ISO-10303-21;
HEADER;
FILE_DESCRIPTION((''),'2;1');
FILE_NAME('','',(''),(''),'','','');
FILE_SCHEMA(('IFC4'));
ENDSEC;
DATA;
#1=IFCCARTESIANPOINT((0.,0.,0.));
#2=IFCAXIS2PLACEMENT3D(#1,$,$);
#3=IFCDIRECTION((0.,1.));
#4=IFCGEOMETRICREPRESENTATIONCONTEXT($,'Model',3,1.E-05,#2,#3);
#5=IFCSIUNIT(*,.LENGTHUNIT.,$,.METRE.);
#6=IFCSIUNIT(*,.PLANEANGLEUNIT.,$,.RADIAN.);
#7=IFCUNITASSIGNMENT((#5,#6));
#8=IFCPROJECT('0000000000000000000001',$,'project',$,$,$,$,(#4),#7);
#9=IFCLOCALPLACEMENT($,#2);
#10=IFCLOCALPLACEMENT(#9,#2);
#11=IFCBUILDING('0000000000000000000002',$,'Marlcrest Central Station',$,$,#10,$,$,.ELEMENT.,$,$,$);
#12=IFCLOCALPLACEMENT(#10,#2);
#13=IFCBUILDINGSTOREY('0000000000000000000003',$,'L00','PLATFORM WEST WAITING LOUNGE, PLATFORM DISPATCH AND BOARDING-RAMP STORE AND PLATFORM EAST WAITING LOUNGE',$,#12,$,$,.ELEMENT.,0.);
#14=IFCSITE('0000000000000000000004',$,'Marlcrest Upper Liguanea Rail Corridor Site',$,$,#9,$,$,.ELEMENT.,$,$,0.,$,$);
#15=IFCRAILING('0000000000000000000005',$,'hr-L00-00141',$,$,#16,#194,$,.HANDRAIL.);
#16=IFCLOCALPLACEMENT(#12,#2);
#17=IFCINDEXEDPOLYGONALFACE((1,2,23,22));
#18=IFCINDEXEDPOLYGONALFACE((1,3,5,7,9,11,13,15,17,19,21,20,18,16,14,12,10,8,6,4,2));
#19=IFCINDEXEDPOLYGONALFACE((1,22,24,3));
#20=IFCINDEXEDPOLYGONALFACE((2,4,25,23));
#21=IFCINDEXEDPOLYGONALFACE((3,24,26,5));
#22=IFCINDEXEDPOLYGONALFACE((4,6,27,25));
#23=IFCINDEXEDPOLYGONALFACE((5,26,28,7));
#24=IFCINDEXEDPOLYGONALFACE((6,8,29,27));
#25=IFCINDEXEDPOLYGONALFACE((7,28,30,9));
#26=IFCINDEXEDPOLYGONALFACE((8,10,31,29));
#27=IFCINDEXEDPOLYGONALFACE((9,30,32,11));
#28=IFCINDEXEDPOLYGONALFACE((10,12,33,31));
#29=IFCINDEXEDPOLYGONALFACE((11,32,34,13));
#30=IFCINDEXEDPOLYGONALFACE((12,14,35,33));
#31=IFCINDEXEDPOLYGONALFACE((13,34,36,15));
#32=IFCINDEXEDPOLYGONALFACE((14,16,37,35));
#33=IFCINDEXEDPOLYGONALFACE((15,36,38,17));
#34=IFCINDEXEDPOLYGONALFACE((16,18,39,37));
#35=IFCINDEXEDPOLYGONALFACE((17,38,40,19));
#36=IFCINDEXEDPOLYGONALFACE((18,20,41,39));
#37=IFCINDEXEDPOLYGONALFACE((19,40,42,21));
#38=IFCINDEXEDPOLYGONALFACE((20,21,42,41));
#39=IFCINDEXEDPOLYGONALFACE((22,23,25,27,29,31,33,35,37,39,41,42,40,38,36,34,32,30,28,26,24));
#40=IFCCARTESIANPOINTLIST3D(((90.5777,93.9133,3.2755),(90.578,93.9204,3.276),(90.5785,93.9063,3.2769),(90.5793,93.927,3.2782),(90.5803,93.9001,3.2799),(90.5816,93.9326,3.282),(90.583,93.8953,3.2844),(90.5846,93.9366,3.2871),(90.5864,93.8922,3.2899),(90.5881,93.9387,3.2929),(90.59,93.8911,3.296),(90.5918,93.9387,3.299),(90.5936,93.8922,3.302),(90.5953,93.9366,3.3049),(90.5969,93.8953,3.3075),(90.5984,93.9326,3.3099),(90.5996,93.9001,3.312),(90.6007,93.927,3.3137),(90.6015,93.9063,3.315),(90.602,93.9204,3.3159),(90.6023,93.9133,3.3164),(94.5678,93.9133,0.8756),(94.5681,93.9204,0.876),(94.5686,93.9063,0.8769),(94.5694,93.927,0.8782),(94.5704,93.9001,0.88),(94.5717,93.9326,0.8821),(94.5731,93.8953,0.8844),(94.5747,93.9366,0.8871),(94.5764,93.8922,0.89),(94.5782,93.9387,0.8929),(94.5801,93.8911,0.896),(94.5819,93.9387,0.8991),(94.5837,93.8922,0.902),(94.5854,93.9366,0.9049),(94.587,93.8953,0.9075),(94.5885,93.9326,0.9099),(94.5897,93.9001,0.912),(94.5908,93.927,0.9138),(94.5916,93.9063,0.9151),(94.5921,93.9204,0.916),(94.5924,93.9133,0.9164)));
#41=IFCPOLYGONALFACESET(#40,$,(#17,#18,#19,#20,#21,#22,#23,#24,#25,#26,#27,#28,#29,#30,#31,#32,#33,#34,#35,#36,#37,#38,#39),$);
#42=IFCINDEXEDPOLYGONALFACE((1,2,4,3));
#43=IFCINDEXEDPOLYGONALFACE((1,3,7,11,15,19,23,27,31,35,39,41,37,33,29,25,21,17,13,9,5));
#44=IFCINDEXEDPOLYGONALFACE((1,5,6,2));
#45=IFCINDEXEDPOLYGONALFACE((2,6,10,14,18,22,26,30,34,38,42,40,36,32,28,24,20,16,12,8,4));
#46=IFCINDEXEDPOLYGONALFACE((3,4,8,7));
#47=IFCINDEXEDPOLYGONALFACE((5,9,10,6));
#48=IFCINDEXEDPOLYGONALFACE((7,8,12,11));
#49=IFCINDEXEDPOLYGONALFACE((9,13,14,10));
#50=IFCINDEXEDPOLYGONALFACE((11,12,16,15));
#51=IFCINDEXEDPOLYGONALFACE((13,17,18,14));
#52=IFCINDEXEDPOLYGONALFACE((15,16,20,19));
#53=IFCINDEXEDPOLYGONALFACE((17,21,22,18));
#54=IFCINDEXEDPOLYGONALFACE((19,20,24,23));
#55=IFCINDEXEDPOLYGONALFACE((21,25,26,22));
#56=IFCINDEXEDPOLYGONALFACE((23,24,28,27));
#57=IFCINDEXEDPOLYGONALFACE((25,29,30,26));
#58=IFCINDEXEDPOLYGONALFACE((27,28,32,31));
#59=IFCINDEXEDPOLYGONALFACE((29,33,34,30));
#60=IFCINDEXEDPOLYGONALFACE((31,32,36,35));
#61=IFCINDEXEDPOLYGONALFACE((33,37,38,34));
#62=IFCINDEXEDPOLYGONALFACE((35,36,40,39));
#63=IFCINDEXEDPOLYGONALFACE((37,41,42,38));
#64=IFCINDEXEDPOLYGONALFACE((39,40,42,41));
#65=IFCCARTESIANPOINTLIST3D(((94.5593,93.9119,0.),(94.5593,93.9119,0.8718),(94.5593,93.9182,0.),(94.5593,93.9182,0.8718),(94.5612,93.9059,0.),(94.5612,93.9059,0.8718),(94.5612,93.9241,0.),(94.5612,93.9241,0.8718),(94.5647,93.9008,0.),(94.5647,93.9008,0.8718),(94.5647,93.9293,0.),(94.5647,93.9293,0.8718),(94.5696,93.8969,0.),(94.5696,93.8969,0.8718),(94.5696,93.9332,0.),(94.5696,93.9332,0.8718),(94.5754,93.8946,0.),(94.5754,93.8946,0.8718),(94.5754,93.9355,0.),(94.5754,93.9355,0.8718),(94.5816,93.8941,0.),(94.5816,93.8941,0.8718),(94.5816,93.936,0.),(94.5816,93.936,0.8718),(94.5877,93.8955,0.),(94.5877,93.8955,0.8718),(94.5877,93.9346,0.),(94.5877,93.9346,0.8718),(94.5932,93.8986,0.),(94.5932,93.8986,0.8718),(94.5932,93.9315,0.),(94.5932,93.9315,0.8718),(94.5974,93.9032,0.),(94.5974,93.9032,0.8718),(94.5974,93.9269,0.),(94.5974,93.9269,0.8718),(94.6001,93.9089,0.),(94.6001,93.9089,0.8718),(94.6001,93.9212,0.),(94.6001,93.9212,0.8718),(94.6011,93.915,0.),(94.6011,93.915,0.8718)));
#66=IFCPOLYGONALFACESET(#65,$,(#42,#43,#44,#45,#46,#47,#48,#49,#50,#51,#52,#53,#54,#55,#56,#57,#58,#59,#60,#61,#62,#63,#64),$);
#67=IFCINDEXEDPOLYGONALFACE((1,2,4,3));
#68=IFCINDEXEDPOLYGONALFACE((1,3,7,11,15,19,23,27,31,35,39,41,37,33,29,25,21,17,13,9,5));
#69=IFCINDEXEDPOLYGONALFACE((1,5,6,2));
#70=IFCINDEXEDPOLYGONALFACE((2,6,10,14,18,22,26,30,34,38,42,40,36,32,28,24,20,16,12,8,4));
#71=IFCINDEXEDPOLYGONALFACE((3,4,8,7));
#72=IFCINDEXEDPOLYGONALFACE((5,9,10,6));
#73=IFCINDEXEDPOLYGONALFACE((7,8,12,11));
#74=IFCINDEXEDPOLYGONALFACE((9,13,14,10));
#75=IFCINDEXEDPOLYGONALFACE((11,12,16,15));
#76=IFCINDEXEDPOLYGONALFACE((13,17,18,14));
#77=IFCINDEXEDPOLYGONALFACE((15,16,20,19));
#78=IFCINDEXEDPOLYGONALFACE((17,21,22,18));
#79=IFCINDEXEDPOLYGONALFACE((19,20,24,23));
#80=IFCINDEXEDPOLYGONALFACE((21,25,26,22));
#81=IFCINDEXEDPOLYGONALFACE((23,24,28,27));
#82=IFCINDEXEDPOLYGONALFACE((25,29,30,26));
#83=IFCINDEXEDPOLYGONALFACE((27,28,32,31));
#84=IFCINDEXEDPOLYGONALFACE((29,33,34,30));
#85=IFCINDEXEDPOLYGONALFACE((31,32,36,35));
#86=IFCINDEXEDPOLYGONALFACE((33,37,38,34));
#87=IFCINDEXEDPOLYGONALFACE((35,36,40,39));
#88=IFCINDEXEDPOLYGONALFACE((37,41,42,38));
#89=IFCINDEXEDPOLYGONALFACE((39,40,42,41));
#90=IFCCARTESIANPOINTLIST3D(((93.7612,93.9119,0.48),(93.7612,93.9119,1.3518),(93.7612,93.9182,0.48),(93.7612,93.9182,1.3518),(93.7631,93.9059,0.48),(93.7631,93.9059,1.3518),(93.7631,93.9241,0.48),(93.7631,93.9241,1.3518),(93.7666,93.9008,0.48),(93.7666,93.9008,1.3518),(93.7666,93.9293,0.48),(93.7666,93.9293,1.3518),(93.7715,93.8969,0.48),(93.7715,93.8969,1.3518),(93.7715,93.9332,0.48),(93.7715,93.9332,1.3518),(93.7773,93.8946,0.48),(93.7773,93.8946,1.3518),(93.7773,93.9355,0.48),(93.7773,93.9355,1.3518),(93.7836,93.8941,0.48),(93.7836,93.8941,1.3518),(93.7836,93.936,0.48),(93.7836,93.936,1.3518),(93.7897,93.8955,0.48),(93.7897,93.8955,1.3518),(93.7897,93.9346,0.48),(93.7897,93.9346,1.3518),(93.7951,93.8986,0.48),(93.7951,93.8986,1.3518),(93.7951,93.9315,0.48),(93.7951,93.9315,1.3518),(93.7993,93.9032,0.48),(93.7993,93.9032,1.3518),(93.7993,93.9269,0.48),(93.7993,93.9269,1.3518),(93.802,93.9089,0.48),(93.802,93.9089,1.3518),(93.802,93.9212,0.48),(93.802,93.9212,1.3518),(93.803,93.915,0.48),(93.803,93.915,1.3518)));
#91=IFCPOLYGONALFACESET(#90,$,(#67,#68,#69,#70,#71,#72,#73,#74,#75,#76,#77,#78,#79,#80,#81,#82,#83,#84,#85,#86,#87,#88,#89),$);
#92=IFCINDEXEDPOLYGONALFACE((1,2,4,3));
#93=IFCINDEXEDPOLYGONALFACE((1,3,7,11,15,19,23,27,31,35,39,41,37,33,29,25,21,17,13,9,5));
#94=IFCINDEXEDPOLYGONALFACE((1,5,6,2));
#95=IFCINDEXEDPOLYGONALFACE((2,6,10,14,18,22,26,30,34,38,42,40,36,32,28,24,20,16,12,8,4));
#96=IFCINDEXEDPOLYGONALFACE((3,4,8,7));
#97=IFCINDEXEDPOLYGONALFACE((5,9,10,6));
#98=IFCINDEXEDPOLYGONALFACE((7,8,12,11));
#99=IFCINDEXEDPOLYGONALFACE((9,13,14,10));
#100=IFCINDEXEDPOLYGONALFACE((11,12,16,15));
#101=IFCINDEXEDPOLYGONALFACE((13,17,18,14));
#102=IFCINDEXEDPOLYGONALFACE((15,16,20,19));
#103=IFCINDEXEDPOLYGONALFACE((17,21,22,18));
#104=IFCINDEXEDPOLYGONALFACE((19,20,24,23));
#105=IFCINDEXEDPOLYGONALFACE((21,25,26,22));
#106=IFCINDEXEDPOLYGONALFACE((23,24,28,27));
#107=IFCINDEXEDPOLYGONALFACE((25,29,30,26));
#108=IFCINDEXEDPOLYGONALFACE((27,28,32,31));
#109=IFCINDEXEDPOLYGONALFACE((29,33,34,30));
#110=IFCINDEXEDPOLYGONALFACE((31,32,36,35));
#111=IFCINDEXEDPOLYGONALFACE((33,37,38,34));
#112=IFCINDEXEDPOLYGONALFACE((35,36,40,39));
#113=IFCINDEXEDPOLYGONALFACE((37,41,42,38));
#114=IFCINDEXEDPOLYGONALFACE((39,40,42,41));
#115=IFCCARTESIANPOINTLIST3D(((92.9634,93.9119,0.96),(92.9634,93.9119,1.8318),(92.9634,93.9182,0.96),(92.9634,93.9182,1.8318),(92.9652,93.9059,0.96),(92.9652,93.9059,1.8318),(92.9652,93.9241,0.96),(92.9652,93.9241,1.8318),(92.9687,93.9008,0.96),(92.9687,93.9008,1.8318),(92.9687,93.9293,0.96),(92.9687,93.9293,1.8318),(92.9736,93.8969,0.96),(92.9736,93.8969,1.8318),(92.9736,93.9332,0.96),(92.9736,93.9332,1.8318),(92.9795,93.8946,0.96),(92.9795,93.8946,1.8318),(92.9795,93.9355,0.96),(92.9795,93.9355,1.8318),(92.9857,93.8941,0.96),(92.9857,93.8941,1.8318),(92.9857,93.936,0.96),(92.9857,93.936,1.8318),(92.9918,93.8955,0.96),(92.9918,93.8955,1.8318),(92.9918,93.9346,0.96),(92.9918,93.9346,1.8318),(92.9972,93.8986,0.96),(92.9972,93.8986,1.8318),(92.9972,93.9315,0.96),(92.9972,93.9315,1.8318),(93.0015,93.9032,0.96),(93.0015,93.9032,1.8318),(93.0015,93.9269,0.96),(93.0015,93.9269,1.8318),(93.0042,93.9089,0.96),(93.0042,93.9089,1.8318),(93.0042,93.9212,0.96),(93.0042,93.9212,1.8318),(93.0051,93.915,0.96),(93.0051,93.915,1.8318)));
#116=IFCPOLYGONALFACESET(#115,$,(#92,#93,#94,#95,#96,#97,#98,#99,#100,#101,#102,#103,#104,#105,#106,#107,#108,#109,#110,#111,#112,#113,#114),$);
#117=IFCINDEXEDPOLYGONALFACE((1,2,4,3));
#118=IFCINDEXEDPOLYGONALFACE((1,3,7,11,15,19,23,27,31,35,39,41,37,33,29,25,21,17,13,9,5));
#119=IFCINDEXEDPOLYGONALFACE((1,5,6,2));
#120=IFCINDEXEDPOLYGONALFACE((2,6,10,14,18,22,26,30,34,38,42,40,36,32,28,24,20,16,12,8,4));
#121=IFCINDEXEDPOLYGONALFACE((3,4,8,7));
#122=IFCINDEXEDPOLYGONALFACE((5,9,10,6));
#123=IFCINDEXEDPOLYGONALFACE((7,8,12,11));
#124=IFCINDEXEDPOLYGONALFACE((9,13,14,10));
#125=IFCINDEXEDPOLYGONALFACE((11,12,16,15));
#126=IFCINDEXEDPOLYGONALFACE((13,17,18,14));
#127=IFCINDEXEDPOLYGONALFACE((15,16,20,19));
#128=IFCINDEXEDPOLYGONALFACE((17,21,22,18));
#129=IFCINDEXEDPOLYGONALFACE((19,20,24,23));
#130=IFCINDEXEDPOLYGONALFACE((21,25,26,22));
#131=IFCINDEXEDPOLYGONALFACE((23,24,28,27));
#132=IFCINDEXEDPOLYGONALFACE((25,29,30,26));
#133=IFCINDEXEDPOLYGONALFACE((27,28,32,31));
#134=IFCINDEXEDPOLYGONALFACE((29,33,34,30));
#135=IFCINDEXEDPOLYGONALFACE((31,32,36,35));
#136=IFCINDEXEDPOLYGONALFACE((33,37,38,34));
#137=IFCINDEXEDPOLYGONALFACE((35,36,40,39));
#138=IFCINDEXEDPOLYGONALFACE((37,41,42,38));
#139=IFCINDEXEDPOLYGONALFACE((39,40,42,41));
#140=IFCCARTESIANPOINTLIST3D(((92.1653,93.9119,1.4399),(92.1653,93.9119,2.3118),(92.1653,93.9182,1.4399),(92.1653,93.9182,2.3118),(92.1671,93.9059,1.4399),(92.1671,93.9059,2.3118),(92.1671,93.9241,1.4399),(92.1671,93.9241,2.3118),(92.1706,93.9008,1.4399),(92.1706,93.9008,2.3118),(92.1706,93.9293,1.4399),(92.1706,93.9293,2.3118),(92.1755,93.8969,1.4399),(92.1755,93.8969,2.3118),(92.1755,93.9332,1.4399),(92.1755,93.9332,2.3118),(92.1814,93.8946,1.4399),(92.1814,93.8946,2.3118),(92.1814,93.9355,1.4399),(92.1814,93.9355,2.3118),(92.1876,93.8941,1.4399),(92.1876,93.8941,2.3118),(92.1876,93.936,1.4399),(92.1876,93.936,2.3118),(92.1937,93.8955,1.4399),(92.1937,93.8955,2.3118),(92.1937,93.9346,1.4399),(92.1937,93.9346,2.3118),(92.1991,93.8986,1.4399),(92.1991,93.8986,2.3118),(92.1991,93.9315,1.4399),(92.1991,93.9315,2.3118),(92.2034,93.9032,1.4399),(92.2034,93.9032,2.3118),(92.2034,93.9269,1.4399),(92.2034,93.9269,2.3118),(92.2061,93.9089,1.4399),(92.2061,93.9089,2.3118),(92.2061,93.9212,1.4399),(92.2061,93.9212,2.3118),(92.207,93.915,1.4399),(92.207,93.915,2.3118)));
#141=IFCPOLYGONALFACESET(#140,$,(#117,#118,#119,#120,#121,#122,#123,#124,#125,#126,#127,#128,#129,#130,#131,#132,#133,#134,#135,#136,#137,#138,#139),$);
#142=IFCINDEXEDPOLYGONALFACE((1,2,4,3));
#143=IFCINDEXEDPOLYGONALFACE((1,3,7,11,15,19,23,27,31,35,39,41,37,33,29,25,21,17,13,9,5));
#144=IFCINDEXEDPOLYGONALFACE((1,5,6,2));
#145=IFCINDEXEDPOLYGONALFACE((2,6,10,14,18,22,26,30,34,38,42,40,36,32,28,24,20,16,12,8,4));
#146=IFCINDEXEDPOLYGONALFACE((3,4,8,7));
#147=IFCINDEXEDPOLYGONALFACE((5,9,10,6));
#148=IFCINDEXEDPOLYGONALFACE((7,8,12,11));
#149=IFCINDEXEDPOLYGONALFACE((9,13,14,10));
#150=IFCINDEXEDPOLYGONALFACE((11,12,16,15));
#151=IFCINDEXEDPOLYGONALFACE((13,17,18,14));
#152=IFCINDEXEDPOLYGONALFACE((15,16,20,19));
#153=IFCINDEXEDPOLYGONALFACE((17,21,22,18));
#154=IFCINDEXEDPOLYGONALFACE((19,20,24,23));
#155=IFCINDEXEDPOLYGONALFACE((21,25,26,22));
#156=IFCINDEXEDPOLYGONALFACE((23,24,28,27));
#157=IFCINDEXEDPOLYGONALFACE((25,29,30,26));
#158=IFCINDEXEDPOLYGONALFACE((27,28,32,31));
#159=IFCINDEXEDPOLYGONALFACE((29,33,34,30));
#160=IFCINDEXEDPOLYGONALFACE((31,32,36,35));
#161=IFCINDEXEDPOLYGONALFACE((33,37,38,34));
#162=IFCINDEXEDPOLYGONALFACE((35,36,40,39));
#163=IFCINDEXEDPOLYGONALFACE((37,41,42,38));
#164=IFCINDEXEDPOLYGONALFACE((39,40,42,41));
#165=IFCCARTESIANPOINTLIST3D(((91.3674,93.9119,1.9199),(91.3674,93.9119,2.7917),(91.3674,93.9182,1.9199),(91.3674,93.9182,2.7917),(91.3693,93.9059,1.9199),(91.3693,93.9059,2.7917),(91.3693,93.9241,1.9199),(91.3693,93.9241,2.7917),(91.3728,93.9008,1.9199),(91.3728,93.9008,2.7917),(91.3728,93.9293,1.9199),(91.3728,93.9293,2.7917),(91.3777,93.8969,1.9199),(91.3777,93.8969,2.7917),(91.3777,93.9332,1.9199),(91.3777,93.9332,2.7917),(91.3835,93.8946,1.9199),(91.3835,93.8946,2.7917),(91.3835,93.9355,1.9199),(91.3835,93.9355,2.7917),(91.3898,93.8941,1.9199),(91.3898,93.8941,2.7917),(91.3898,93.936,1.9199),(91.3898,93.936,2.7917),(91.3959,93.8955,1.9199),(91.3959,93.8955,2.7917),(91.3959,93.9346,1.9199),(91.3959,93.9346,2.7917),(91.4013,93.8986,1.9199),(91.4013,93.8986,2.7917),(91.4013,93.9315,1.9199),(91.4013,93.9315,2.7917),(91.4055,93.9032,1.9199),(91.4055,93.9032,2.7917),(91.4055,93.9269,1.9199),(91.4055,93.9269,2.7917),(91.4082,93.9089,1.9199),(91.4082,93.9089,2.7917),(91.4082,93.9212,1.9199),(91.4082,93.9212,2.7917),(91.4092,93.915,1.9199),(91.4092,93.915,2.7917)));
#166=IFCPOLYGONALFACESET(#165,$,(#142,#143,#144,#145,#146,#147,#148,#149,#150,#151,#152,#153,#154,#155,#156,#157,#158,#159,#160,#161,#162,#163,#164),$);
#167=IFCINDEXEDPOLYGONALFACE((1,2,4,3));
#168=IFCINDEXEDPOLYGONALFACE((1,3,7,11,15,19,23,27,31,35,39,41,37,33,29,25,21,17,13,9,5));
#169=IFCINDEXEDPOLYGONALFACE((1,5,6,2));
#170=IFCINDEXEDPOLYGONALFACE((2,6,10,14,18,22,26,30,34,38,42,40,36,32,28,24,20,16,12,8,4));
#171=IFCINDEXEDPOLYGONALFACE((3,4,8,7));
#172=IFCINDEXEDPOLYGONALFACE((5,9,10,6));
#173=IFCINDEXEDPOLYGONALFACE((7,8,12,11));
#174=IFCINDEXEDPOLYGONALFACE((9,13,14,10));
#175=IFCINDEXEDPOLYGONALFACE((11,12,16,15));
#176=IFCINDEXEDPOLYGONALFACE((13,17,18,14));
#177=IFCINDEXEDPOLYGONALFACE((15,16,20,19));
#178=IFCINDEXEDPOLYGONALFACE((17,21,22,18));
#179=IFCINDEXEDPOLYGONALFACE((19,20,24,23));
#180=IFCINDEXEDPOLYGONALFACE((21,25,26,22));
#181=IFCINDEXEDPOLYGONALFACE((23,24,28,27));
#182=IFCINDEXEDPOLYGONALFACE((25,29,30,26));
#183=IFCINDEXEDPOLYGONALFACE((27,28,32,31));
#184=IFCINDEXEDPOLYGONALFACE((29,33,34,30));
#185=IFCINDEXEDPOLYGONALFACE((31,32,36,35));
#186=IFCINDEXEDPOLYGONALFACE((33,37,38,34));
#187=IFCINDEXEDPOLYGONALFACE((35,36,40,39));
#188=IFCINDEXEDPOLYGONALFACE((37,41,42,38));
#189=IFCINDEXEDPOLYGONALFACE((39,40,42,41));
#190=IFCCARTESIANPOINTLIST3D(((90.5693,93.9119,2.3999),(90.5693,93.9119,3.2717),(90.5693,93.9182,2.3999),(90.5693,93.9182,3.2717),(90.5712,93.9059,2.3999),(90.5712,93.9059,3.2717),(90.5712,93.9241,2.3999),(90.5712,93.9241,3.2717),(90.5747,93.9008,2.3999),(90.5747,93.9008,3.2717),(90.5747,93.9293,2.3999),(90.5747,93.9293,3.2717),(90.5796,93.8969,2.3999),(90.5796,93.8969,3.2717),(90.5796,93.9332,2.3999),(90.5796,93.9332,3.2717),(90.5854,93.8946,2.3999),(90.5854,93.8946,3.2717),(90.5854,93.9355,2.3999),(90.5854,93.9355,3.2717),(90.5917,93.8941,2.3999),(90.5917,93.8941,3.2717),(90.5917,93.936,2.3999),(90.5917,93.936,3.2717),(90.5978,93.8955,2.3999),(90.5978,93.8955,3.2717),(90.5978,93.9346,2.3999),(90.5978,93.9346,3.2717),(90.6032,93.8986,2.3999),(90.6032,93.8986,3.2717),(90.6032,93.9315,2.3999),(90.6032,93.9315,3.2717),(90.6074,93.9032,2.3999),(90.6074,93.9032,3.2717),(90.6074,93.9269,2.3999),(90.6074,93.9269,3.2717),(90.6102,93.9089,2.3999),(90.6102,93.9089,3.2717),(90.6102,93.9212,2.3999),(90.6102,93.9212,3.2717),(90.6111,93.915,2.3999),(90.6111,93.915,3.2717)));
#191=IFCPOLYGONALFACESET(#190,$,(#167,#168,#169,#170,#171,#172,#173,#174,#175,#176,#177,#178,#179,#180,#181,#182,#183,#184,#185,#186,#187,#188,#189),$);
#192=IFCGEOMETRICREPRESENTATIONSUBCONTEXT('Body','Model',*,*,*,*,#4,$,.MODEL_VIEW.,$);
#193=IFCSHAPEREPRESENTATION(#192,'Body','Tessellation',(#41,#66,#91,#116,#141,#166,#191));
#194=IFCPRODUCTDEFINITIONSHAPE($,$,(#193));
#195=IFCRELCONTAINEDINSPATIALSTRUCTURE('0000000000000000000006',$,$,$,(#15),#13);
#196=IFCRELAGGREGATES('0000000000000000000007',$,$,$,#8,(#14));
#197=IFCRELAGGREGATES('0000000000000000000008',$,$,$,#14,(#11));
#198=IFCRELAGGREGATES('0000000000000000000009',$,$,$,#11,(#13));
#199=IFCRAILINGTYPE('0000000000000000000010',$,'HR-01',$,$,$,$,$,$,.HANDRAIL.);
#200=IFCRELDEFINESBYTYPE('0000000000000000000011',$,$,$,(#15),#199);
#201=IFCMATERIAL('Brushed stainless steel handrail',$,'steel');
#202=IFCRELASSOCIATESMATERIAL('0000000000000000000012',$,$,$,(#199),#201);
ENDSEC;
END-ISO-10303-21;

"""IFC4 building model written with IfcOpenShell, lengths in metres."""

from ifc_helpers import new_model, si_unit, direction, frame, origin, origin_2d, place, context, subcontext, project, spatial, circle, extrude, material, type_object, element, save


model = new_model("IFC4")

# Units and contexts
model_context = context("Model", 3, precision=1e-05, world=origin(), true_north=direction((0.0, 1.0)))
body_context = subcontext(model_context, "Body", "Model", "MODEL_VIEW")
ifc_project = project(units=[si_unit("LENGTHUNIT", "METRE"), si_unit("PLANEANGLEUNIT", "RADIAN")], contexts=[model_context])

# Site, building, storey
site_placement = place(None, origin())
site = spatial("IfcSite", under=ifc_project, at=site_placement, Name="Marlcrest Upper Liguanea Rail Corridor Site", CompositionType="ELEMENT", RefElevation=0.0)
building_placement = place(site_placement, origin())
building = spatial("IfcBuilding", under=site, at=building_placement, Name="Marlcrest Central Station", CompositionType="ELEMENT")
storey_placement = place(building_placement, origin())
storey = spatial("IfcBuildingStorey", under=building, at=storey_placement, Name="L00", Description="PLATFORM WEST WAITING LOUNGE, PLATFORM DISPATCH AND BOARDING-RAMP STORE AND PLATFORM EAST WAITING LOUNGE", CompositionType="ELEMENT", Elevation=0.0)

# Railing
ifc_material_1 = material(Name="Brushed stainless steel handrail", Category="steel")
railing_type = type_object("IfcRailingType", Name="HR-01", PredefinedType="HANDRAIL", material=ifc_material_1)
railing_1_placement = place(storey_placement, frame((94.5801, 93.915, 0.0)))
element("IfcRailing", 1, at=railing_1_placement, inside=storey, type_object=railing_type, Name="hr-L00-00141", PredefinedType="HANDRAIL", context=body_context, shape_type="SweptSolid", body=[
    extrude(circle(Radius=0.0239, at=origin_2d()), frame((0.0, 0.0, 0.896), z_axis=(-0.856933, 0.0, 0.515428), x_axis=(0.0, -1.0, 0.0)), (0.0, 0.0, 1.0), 4.6562),
    extrude(circle(Radius=0.021, at=origin_2d()), origin(), (0.0, 0.0, 1.0), 0.8718),
    extrude(circle(Radius=0.021, at=origin_2d()), frame((-0.7981, 0.0, 0.48)), (0.0, 0.0, 1.0), 0.8718),
    extrude(circle(Radius=0.021, at=origin_2d()), frame((-1.5959, 0.0, 0.96)), (0.0, 0.0, 1.0), 0.8718),
    extrude(circle(Radius=0.021, at=origin_2d()), frame((-2.394, 0.0, 1.4399)), (0.0, 0.0, 1.0), 0.8718),
    extrude(circle(Radius=0.021, at=origin_2d()), frame((-3.1919, 0.0, 1.9199)), (0.0, 0.0, 1.0), 0.8718),
    extrude(circle(Radius=0.021, at=origin_2d()), frame((-3.99, 0.0, 2.3999)), (0.0, 0.0, 1.0), 0.8718),
])

save(model, "model.ifc")
